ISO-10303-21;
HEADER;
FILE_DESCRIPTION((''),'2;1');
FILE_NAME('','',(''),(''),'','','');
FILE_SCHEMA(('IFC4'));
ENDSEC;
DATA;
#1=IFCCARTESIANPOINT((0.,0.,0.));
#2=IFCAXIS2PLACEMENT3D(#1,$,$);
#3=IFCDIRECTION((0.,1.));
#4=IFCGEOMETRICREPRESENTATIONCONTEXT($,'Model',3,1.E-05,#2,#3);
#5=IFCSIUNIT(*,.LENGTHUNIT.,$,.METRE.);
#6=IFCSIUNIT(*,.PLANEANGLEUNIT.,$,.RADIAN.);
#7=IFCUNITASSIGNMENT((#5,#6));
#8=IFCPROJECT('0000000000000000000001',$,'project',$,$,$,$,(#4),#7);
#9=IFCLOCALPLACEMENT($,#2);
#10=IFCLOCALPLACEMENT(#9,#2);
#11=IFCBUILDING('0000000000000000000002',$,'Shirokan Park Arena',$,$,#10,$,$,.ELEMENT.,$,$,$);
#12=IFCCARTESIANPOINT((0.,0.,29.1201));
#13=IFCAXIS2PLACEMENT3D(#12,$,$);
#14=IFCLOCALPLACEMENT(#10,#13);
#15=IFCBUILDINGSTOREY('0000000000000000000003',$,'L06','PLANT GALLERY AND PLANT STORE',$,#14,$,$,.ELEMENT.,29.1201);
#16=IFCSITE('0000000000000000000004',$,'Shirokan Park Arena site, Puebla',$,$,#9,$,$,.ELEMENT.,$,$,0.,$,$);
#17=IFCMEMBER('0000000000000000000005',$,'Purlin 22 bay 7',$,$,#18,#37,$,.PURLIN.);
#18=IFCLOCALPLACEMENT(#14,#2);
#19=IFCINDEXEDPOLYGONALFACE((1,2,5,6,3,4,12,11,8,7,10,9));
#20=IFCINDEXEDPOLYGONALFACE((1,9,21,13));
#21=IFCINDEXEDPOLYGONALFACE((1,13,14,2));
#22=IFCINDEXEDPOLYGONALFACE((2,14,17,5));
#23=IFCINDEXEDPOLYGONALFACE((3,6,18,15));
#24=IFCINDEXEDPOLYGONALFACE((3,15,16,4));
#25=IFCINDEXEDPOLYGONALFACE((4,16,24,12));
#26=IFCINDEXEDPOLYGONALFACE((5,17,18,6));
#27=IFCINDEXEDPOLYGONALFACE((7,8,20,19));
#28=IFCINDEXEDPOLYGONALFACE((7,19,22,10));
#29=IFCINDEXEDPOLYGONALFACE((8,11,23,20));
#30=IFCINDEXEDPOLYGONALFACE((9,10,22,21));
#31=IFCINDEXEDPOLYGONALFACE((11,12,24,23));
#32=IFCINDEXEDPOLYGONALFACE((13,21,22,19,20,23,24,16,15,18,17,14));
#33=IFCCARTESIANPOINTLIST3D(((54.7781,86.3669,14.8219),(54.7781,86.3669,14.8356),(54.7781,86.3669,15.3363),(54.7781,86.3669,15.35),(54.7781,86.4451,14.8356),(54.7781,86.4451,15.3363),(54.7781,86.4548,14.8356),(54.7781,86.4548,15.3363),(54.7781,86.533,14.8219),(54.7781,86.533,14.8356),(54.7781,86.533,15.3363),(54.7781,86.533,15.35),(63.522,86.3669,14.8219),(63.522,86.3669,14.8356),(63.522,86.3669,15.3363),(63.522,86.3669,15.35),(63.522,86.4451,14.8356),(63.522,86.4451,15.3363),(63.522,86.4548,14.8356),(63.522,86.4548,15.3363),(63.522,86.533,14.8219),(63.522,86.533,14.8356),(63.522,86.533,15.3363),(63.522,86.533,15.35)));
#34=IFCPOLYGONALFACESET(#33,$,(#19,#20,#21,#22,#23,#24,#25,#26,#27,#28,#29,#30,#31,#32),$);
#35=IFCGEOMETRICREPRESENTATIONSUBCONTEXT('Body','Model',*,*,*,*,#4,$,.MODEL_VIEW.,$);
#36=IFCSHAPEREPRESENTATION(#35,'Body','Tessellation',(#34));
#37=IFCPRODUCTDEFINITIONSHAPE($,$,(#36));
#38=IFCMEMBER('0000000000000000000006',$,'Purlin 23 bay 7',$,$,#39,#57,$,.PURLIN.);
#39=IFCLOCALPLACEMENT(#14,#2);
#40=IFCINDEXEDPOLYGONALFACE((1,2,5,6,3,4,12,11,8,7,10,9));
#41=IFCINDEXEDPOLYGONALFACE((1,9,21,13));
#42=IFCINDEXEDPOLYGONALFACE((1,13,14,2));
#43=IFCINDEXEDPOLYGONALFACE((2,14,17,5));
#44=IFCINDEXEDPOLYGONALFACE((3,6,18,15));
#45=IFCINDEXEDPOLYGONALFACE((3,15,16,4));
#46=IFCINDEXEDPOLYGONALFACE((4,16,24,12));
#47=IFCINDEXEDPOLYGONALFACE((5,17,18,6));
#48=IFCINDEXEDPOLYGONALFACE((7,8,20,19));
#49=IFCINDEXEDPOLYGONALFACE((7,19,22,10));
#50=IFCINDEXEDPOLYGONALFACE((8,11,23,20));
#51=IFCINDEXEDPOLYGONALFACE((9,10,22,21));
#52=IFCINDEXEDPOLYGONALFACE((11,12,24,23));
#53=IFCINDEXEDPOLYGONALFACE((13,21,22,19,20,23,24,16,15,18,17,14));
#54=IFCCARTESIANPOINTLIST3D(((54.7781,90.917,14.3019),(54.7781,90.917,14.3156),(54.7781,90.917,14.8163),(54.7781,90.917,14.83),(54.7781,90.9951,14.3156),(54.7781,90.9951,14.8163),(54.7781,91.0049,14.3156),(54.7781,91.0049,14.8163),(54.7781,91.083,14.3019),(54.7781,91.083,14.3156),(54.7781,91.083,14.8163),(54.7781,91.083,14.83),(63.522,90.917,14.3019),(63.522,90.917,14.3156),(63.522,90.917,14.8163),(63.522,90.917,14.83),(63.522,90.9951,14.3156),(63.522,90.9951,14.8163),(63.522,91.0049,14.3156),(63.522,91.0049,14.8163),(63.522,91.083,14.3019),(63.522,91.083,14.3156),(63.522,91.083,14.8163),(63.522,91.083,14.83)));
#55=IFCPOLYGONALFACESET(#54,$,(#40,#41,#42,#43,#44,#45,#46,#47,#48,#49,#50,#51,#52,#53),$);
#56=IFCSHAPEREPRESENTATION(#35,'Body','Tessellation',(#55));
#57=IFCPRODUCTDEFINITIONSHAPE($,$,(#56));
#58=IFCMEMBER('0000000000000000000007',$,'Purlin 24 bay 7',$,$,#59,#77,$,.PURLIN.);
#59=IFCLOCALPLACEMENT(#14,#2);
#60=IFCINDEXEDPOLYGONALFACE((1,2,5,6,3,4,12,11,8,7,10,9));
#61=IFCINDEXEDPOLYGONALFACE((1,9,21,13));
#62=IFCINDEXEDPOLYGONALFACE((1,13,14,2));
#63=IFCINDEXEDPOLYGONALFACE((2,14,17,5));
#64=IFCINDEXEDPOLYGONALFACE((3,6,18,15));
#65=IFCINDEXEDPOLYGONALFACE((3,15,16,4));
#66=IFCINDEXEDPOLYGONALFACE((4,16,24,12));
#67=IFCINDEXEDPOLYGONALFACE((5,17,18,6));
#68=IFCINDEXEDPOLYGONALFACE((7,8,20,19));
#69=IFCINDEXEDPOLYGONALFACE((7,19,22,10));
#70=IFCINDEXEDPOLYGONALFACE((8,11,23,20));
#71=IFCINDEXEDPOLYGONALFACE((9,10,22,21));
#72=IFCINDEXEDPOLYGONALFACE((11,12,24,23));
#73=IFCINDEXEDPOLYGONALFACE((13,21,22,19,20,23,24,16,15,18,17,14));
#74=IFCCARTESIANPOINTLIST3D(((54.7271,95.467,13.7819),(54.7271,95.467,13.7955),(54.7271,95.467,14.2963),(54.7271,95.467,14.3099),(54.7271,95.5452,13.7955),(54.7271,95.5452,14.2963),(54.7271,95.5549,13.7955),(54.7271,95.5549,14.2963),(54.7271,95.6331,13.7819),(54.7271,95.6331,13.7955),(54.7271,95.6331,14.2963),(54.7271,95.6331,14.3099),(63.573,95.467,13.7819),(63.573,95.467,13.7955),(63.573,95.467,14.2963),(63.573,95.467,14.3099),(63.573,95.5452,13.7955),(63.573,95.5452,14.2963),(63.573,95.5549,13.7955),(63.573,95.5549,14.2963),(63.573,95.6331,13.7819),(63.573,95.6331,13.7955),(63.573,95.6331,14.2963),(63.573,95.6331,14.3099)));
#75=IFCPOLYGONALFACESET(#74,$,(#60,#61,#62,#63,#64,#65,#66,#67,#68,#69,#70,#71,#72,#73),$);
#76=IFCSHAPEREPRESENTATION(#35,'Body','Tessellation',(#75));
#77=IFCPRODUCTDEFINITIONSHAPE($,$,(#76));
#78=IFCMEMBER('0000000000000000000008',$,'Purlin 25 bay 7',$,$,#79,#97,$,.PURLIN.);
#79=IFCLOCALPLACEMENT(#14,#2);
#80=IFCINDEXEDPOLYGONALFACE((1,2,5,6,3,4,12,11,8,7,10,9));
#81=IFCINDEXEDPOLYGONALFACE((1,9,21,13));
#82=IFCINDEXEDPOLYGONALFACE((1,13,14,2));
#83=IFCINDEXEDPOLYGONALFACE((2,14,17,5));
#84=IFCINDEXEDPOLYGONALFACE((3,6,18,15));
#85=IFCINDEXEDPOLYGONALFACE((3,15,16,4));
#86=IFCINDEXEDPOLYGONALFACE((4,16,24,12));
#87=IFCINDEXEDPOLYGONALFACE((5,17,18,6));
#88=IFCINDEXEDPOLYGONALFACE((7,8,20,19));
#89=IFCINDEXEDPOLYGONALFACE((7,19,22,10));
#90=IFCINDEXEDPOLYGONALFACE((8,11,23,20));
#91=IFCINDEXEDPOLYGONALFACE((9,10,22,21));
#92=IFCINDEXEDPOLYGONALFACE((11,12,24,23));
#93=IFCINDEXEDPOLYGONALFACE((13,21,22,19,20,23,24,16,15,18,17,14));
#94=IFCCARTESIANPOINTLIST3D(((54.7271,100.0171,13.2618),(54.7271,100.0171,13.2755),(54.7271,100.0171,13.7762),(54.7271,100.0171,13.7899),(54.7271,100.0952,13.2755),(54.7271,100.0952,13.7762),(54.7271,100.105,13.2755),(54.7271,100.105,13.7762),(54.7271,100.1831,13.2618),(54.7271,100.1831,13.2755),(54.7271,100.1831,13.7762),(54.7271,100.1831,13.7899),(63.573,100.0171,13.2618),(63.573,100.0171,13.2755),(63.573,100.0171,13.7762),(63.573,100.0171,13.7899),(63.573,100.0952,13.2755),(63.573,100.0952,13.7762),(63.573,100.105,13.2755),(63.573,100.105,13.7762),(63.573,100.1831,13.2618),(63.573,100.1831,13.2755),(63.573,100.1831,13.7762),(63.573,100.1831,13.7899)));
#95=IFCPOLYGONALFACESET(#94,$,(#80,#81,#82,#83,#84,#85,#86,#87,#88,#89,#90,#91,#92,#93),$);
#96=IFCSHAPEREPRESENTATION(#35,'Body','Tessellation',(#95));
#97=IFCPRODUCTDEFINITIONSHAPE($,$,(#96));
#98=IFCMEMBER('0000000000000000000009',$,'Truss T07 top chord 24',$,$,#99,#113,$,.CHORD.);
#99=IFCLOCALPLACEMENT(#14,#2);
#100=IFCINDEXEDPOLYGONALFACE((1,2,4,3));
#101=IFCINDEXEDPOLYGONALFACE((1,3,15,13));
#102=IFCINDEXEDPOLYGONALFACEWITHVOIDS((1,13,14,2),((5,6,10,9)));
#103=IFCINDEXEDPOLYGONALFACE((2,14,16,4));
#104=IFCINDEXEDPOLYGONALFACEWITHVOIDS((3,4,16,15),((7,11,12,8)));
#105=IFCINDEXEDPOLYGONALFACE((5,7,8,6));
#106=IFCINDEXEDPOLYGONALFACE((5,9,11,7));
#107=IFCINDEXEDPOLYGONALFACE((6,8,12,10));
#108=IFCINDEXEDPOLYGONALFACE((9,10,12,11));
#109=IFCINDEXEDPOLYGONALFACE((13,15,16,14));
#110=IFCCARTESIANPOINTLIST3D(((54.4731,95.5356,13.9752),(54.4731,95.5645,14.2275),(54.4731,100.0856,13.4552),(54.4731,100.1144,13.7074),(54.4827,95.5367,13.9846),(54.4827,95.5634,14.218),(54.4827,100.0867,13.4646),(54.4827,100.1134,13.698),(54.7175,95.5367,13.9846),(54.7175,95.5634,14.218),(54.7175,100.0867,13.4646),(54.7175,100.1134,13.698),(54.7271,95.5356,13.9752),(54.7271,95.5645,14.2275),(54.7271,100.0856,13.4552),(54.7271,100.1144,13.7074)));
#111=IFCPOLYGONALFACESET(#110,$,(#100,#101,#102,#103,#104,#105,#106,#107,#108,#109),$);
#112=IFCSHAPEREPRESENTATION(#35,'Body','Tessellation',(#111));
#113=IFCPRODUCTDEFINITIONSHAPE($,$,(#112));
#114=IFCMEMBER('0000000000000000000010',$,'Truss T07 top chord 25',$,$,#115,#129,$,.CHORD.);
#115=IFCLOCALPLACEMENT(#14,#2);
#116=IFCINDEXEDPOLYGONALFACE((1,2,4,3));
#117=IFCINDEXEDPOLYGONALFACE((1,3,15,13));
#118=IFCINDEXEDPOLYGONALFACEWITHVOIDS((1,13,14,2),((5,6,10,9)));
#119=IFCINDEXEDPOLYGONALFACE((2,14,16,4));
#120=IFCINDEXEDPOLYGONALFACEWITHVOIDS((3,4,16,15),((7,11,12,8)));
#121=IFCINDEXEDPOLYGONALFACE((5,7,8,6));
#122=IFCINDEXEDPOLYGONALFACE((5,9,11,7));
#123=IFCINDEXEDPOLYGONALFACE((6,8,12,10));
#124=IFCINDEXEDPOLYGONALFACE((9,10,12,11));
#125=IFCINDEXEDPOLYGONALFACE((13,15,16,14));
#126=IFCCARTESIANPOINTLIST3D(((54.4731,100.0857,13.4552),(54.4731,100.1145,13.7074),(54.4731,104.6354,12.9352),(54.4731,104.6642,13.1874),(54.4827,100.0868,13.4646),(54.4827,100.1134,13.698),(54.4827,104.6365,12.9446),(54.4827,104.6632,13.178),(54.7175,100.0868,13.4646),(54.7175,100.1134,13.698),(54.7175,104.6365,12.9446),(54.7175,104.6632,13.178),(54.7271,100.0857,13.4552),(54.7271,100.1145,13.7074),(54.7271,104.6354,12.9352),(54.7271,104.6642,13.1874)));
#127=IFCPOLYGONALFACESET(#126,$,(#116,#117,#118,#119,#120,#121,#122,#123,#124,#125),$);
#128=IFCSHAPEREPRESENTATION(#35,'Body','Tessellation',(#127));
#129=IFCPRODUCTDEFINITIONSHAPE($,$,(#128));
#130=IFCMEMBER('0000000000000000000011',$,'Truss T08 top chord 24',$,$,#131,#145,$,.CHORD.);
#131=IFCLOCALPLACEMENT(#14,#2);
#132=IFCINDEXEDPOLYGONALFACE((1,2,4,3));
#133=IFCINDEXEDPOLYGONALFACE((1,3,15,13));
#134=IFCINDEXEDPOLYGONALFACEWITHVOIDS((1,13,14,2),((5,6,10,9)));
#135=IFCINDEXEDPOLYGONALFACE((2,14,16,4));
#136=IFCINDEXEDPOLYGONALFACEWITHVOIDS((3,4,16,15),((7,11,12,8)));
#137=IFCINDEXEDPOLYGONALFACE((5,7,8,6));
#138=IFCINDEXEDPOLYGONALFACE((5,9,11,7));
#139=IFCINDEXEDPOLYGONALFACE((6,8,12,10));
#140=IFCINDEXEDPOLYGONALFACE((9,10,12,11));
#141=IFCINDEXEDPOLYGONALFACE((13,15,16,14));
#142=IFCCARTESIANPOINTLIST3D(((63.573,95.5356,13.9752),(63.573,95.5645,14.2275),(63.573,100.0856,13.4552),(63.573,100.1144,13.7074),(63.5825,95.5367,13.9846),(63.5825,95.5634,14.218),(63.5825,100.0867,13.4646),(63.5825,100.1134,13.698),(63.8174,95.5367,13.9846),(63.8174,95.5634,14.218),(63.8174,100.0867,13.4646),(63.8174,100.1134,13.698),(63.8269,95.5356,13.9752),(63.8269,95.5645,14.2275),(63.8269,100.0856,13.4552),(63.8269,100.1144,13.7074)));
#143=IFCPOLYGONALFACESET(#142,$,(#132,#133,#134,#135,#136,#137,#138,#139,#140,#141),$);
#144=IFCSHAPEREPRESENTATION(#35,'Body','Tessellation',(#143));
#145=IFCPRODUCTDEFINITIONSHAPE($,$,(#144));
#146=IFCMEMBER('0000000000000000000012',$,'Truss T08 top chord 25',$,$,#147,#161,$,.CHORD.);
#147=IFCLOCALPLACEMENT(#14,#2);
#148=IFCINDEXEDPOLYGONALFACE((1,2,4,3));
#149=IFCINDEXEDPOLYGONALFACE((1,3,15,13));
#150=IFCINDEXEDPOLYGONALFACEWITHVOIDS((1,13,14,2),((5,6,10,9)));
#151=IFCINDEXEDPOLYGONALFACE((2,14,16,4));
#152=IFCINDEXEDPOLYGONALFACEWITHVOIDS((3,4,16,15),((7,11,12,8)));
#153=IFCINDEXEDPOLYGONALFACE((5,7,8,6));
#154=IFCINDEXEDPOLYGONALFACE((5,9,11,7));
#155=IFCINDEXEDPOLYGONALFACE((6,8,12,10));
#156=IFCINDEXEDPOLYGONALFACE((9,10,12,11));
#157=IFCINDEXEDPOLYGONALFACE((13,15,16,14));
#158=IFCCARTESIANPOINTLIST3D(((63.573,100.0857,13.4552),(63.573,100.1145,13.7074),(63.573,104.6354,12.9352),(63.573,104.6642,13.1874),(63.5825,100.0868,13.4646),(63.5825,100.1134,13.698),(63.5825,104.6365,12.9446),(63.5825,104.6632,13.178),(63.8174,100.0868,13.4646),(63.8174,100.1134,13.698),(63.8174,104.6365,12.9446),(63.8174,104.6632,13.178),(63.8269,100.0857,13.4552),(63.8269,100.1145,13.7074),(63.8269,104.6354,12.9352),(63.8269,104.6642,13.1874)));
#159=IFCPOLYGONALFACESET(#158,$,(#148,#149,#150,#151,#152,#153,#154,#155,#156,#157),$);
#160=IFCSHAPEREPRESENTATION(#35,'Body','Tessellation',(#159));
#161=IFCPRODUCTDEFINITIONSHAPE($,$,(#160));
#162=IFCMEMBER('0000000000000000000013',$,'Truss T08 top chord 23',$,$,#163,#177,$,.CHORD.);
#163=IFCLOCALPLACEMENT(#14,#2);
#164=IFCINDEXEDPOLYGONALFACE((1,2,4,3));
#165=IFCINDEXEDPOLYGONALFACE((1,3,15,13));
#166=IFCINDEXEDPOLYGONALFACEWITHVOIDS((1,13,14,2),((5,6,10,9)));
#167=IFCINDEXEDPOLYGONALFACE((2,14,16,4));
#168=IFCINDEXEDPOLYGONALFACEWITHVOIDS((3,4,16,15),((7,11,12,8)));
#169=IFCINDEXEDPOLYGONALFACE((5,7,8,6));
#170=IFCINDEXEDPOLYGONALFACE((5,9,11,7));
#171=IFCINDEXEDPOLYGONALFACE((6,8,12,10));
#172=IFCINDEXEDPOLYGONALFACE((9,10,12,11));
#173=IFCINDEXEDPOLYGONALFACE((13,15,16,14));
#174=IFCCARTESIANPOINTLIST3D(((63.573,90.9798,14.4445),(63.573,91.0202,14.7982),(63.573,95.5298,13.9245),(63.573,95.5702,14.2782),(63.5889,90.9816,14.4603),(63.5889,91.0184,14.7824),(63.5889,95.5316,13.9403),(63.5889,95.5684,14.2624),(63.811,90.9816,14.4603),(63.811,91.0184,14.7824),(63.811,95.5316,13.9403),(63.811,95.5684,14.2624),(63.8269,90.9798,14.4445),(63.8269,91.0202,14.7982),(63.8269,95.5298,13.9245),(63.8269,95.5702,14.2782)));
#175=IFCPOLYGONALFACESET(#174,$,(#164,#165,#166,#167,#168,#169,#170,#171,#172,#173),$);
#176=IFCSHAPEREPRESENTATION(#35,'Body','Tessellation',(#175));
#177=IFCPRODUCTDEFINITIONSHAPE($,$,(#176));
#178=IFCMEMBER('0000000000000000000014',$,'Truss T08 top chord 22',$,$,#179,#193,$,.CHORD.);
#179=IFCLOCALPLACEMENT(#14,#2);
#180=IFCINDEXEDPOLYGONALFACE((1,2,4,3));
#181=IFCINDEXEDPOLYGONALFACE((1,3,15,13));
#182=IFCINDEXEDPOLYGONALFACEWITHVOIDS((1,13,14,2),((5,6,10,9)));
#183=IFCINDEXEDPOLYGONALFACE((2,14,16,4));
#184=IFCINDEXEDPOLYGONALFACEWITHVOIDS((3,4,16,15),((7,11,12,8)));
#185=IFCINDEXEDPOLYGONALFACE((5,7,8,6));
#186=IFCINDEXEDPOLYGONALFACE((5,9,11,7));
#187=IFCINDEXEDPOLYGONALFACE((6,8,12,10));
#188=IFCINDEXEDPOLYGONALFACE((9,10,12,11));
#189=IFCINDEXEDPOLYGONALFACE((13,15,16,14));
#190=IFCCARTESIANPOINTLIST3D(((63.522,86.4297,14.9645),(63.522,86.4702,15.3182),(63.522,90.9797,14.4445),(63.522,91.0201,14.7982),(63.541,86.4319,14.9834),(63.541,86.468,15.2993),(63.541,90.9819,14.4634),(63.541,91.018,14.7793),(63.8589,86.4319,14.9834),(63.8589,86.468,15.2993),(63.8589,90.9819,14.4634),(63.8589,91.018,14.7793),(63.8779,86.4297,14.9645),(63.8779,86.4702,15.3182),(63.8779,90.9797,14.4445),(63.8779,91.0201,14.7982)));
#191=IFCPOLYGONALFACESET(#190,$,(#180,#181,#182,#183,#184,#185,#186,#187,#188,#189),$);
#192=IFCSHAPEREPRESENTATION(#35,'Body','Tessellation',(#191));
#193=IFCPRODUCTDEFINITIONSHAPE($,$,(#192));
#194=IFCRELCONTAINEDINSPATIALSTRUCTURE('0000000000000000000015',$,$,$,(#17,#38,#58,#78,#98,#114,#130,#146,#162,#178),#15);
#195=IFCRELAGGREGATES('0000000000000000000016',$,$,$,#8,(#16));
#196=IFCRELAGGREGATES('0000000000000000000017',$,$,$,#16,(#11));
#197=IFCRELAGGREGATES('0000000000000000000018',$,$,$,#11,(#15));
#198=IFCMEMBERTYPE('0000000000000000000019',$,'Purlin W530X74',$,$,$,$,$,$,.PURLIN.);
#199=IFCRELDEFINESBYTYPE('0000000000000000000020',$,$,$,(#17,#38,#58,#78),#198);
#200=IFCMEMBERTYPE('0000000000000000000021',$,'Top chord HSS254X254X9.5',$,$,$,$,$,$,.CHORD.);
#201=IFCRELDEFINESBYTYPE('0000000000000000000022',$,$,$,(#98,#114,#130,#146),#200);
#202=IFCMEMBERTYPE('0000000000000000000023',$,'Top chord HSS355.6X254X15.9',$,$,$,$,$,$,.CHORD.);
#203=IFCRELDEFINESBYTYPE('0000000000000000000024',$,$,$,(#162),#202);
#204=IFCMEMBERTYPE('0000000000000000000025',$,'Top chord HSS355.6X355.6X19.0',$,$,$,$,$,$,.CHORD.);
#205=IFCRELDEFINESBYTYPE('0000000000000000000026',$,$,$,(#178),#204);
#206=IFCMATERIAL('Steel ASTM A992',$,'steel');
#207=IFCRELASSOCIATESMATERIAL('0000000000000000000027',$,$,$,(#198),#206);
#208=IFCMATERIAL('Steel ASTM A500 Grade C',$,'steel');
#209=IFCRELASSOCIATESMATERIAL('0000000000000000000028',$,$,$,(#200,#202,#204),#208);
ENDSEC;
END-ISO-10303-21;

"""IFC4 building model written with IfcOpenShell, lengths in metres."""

from ifc_helpers import new_model, si_unit, direction, frame, origin, origin_2d, place, context, subcontext, project, spatial, hollow_rectangle, i_section, extrude, material, material_profile, profile_set, type_object, element, save


model = new_model("IFC4")

# Units and contexts
model_context = context("Model", 3, precision=1e-05, world=origin(), true_north=direction((0.0, 1.0)))
body_context = subcontext(model_context, "Body", "Model", "MODEL_VIEW")
ifc_project = project(units=[si_unit("LENGTHUNIT", "METRE"), si_unit("PLANEANGLEUNIT", "RADIAN")], contexts=[model_context])

# Site, building, storey
site_placement = place(None, origin())
site = spatial("IfcSite", under=ifc_project, at=site_placement, Name="Shirokan Park Arena site, Puebla", CompositionType="ELEMENT", RefElevation=0.0)
building_placement = place(site_placement, origin())
building = spatial("IfcBuilding", under=site, at=building_placement, Name="Shirokan Park Arena", CompositionType="ELEMENT")
storey_placement = place(building_placement, frame((0.0, 0.0, 29.1201)))
storey = spatial("IfcBuildingStorey", under=building, at=storey_placement, Name="L06", Description="PLANT GALLERY AND PLANT STORE", CompositionType="ELEMENT", Elevation=29.1201)

# Members
ifc_material_1 = material(Name="Steel ASTM A992", Category="steel")
ifc_material_profile_1 = material_profile(ifc_material_1, i_section(OverallWidth=0.166, OverallDepth=0.5281, WebThickness=0.0098, FlangeThickness=0.0137, at=origin_2d()), Name="W530X74")
ifc_profile_set_1 = profile_set([ifc_material_profile_1], Name="Steel ASTM A992")
member_type_1 = type_object("IfcMemberType", Name="Purlin W530X74", PredefinedType="PURLIN", material=ifc_profile_set_1)
for number, where, z_axis, x_axis, name in (
    (1, (54.7781, 86.45, 15.0859), (1.0, 0.0, 0.0), (0.0, 1.0, 0.0), "Purlin 22 bay 7"),
    (2, (54.7781, 91.0, 14.5659), (1.0, 0.0, 0.0), (0.0, 1.0, 0.0), "Purlin 23 bay 7"),
):
    element("IfcMember", number, at=place(storey_placement, frame(where, z_axis=z_axis, x_axis=x_axis)), inside=storey, type_object=member_type_1, Name=name, PredefinedType="PURLIN", context=body_context, shape_type="SweptSolid", body=[
        extrude(i_section(OverallWidth=0.166, OverallDepth=0.5281, WebThickness=0.0098, FlangeThickness=0.0137, at=origin_2d()), origin(), (0.0, 0.0, 1.0), 8.7439),
    ])
for number, where, z_axis, x_axis, name in (
    (3, (54.7271, 95.55, 14.0459), (1.0, 0.0, 0.0), (0.0, 1.0, 0.0), "Purlin 24 bay 7"),
    (4, (54.7271, 100.1001, 13.5259), (1.0, 0.0, 0.0), (0.0, 1.0, 0.0), "Purlin 25 bay 7"),
):
    element("IfcMember", number, at=place(storey_placement, frame(where, z_axis=z_axis, x_axis=x_axis)), inside=storey, type_object=member_type_1, Name=name, PredefinedType="PURLIN", context=body_context, shape_type="SweptSolid", body=[
        extrude(i_section(OverallWidth=0.166, OverallDepth=0.5281, WebThickness=0.0098, FlangeThickness=0.0137, at=origin_2d()), origin(), (0.0, 0.0, 1.0), 8.8459),
    ])
ifc_material_2 = material(Name="Steel ASTM A500 Grade C", Category="steel")
ifc_material_profile_2 = material_profile(ifc_material_2, hollow_rectangle(XDim=0.2539, YDim=0.2539, WallThickness=0.0095, at=origin_2d()), Name="HSS254X254X9.5")
ifc_profile_set_2 = profile_set([ifc_material_profile_2], Name="Steel ASTM A500 Grade C")
member_type_2 = type_object("IfcMemberType", Name="Top chord HSS254X254X9.5", PredefinedType="CHORD", material=ifc_profile_set_2)
member_1_placement = place(storey_placement, frame((54.6001, 95.55, 14.1013), z_axis=(0.0, 0.993532, -0.11355), x_axis=(-1.0, 0.0, 0.0)))
element("IfcMember", 5, at=member_1_placement, inside=storey, type_object=member_type_2, Name="Truss T07 top chord 24", PredefinedType="CHORD", context=body_context, shape_type="SweptSolid", body=[
    extrude(hollow_rectangle(XDim=0.2539, YDim=0.2539, WallThickness=0.0095, at=origin_2d()), origin(), (0.0, 0.0, 1.0), 4.5796),
])
member_2_placement = place(storey_placement, frame((54.6001, 100.1001, 13.5813), z_axis=(0.0, 0.993532, -0.113556), x_axis=(-1.0, 0.0, 0.0)))
element("IfcMember", 6, at=member_2_placement, inside=storey, type_object=member_type_2, Name="Truss T07 top chord 25", PredefinedType="CHORD", context=body_context, shape_type="SweptSolid", body=[
    extrude(hollow_rectangle(XDim=0.2539, YDim=0.2539, WallThickness=0.0095, at=origin_2d()), origin(), (0.0, 0.0, 1.0), 4.5793),
])
member_3_placement = place(storey_placement, frame((63.7, 95.55, 14.1013), z_axis=(0.0, 0.993532, -0.11355), x_axis=(-1.0, 0.0, 0.0)))
element("IfcMember", 7, at=member_3_placement, inside=storey, type_object=member_type_2, Name="Truss T08 top chord 24", PredefinedType="CHORD", context=body_context, shape_type="SweptSolid", body=[
    extrude(hollow_rectangle(XDim=0.2539, YDim=0.2539, WallThickness=0.0095, at=origin_2d()), origin(), (0.0, 0.0, 1.0), 4.5796),
])
member_4_placement = place(storey_placement, frame((63.7, 100.1001, 13.5813), z_axis=(0.0, 0.993532, -0.113556), x_axis=(-1.0, 0.0, 0.0)))
element("IfcMember", 8, at=member_4_placement, inside=storey, type_object=member_type_2, Name="Truss T08 top chord 25", PredefinedType="CHORD", context=body_context, shape_type="SweptSolid", body=[
    extrude(hollow_rectangle(XDim=0.2539, YDim=0.2539, WallThickness=0.0095, at=origin_2d()), origin(), (0.0, 0.0, 1.0), 4.5793),
])
ifc_material_profile_3 = material_profile(ifc_material_2, hollow_rectangle(XDim=0.2539, YDim=0.356, WallThickness=0.0159, at=origin_2d()), Name="HSS355.6X254X15.9")
ifc_profile_set_3 = profile_set([ifc_material_profile_3], Name="Steel ASTM A500 Grade C")
member_type_3 = type_object("IfcMemberType", Name="Top chord HSS355.6X254X15.9", PredefinedType="CHORD", material=ifc_profile_set_3)
member_5_placement = place(storey_placement, frame((63.7, 91.0, 14.6213), z_axis=(0.0, 0.993532, -0.11355), x_axis=(-1.0, 0.0, 0.0)))
element("IfcMember", 9, at=member_5_placement, inside=storey, type_object=member_type_3, Name="Truss T08 top chord 23", PredefinedType="CHORD", context=body_context, shape_type="SweptSolid", body=[
    extrude(hollow_rectangle(XDim=0.2539, YDim=0.356, WallThickness=0.0159, at=origin_2d()), origin(), (0.0, 0.0, 1.0), 4.5796),
])
ifc_material_profile_4 = material_profile(ifc_material_2, hollow_rectangle(XDim=0.356, YDim=0.356, WallThickness=0.019, at=origin_2d()), Name="HSS355.6X355.6X19.0")
ifc_profile_set_4 = profile_set([ifc_material_profile_4], Name="Steel ASTM A500 Grade C")
member_type_4 = type_object("IfcMemberType", Name="Top chord HSS355.6X355.6X19.0", PredefinedType="CHORD", material=ifc_profile_set_4)
member_6_placement = place(storey_placement, frame((63.7, 86.45, 15.1414), z_axis=(0.0, 0.993532, -0.11355), x_axis=(-1.0, 0.0, 0.0)))
element("IfcMember", 10, at=member_6_placement, inside=storey, type_object=member_type_4, Name="Truss T08 top chord 22", PredefinedType="CHORD", context=body_context, shape_type="SweptSolid", body=[
    extrude(hollow_rectangle(XDim=0.356, YDim=0.356, WallThickness=0.019, at=origin_2d()), origin(), (0.0, 0.0, 1.0), 4.5796),
])

save(model, "model.ifc")
